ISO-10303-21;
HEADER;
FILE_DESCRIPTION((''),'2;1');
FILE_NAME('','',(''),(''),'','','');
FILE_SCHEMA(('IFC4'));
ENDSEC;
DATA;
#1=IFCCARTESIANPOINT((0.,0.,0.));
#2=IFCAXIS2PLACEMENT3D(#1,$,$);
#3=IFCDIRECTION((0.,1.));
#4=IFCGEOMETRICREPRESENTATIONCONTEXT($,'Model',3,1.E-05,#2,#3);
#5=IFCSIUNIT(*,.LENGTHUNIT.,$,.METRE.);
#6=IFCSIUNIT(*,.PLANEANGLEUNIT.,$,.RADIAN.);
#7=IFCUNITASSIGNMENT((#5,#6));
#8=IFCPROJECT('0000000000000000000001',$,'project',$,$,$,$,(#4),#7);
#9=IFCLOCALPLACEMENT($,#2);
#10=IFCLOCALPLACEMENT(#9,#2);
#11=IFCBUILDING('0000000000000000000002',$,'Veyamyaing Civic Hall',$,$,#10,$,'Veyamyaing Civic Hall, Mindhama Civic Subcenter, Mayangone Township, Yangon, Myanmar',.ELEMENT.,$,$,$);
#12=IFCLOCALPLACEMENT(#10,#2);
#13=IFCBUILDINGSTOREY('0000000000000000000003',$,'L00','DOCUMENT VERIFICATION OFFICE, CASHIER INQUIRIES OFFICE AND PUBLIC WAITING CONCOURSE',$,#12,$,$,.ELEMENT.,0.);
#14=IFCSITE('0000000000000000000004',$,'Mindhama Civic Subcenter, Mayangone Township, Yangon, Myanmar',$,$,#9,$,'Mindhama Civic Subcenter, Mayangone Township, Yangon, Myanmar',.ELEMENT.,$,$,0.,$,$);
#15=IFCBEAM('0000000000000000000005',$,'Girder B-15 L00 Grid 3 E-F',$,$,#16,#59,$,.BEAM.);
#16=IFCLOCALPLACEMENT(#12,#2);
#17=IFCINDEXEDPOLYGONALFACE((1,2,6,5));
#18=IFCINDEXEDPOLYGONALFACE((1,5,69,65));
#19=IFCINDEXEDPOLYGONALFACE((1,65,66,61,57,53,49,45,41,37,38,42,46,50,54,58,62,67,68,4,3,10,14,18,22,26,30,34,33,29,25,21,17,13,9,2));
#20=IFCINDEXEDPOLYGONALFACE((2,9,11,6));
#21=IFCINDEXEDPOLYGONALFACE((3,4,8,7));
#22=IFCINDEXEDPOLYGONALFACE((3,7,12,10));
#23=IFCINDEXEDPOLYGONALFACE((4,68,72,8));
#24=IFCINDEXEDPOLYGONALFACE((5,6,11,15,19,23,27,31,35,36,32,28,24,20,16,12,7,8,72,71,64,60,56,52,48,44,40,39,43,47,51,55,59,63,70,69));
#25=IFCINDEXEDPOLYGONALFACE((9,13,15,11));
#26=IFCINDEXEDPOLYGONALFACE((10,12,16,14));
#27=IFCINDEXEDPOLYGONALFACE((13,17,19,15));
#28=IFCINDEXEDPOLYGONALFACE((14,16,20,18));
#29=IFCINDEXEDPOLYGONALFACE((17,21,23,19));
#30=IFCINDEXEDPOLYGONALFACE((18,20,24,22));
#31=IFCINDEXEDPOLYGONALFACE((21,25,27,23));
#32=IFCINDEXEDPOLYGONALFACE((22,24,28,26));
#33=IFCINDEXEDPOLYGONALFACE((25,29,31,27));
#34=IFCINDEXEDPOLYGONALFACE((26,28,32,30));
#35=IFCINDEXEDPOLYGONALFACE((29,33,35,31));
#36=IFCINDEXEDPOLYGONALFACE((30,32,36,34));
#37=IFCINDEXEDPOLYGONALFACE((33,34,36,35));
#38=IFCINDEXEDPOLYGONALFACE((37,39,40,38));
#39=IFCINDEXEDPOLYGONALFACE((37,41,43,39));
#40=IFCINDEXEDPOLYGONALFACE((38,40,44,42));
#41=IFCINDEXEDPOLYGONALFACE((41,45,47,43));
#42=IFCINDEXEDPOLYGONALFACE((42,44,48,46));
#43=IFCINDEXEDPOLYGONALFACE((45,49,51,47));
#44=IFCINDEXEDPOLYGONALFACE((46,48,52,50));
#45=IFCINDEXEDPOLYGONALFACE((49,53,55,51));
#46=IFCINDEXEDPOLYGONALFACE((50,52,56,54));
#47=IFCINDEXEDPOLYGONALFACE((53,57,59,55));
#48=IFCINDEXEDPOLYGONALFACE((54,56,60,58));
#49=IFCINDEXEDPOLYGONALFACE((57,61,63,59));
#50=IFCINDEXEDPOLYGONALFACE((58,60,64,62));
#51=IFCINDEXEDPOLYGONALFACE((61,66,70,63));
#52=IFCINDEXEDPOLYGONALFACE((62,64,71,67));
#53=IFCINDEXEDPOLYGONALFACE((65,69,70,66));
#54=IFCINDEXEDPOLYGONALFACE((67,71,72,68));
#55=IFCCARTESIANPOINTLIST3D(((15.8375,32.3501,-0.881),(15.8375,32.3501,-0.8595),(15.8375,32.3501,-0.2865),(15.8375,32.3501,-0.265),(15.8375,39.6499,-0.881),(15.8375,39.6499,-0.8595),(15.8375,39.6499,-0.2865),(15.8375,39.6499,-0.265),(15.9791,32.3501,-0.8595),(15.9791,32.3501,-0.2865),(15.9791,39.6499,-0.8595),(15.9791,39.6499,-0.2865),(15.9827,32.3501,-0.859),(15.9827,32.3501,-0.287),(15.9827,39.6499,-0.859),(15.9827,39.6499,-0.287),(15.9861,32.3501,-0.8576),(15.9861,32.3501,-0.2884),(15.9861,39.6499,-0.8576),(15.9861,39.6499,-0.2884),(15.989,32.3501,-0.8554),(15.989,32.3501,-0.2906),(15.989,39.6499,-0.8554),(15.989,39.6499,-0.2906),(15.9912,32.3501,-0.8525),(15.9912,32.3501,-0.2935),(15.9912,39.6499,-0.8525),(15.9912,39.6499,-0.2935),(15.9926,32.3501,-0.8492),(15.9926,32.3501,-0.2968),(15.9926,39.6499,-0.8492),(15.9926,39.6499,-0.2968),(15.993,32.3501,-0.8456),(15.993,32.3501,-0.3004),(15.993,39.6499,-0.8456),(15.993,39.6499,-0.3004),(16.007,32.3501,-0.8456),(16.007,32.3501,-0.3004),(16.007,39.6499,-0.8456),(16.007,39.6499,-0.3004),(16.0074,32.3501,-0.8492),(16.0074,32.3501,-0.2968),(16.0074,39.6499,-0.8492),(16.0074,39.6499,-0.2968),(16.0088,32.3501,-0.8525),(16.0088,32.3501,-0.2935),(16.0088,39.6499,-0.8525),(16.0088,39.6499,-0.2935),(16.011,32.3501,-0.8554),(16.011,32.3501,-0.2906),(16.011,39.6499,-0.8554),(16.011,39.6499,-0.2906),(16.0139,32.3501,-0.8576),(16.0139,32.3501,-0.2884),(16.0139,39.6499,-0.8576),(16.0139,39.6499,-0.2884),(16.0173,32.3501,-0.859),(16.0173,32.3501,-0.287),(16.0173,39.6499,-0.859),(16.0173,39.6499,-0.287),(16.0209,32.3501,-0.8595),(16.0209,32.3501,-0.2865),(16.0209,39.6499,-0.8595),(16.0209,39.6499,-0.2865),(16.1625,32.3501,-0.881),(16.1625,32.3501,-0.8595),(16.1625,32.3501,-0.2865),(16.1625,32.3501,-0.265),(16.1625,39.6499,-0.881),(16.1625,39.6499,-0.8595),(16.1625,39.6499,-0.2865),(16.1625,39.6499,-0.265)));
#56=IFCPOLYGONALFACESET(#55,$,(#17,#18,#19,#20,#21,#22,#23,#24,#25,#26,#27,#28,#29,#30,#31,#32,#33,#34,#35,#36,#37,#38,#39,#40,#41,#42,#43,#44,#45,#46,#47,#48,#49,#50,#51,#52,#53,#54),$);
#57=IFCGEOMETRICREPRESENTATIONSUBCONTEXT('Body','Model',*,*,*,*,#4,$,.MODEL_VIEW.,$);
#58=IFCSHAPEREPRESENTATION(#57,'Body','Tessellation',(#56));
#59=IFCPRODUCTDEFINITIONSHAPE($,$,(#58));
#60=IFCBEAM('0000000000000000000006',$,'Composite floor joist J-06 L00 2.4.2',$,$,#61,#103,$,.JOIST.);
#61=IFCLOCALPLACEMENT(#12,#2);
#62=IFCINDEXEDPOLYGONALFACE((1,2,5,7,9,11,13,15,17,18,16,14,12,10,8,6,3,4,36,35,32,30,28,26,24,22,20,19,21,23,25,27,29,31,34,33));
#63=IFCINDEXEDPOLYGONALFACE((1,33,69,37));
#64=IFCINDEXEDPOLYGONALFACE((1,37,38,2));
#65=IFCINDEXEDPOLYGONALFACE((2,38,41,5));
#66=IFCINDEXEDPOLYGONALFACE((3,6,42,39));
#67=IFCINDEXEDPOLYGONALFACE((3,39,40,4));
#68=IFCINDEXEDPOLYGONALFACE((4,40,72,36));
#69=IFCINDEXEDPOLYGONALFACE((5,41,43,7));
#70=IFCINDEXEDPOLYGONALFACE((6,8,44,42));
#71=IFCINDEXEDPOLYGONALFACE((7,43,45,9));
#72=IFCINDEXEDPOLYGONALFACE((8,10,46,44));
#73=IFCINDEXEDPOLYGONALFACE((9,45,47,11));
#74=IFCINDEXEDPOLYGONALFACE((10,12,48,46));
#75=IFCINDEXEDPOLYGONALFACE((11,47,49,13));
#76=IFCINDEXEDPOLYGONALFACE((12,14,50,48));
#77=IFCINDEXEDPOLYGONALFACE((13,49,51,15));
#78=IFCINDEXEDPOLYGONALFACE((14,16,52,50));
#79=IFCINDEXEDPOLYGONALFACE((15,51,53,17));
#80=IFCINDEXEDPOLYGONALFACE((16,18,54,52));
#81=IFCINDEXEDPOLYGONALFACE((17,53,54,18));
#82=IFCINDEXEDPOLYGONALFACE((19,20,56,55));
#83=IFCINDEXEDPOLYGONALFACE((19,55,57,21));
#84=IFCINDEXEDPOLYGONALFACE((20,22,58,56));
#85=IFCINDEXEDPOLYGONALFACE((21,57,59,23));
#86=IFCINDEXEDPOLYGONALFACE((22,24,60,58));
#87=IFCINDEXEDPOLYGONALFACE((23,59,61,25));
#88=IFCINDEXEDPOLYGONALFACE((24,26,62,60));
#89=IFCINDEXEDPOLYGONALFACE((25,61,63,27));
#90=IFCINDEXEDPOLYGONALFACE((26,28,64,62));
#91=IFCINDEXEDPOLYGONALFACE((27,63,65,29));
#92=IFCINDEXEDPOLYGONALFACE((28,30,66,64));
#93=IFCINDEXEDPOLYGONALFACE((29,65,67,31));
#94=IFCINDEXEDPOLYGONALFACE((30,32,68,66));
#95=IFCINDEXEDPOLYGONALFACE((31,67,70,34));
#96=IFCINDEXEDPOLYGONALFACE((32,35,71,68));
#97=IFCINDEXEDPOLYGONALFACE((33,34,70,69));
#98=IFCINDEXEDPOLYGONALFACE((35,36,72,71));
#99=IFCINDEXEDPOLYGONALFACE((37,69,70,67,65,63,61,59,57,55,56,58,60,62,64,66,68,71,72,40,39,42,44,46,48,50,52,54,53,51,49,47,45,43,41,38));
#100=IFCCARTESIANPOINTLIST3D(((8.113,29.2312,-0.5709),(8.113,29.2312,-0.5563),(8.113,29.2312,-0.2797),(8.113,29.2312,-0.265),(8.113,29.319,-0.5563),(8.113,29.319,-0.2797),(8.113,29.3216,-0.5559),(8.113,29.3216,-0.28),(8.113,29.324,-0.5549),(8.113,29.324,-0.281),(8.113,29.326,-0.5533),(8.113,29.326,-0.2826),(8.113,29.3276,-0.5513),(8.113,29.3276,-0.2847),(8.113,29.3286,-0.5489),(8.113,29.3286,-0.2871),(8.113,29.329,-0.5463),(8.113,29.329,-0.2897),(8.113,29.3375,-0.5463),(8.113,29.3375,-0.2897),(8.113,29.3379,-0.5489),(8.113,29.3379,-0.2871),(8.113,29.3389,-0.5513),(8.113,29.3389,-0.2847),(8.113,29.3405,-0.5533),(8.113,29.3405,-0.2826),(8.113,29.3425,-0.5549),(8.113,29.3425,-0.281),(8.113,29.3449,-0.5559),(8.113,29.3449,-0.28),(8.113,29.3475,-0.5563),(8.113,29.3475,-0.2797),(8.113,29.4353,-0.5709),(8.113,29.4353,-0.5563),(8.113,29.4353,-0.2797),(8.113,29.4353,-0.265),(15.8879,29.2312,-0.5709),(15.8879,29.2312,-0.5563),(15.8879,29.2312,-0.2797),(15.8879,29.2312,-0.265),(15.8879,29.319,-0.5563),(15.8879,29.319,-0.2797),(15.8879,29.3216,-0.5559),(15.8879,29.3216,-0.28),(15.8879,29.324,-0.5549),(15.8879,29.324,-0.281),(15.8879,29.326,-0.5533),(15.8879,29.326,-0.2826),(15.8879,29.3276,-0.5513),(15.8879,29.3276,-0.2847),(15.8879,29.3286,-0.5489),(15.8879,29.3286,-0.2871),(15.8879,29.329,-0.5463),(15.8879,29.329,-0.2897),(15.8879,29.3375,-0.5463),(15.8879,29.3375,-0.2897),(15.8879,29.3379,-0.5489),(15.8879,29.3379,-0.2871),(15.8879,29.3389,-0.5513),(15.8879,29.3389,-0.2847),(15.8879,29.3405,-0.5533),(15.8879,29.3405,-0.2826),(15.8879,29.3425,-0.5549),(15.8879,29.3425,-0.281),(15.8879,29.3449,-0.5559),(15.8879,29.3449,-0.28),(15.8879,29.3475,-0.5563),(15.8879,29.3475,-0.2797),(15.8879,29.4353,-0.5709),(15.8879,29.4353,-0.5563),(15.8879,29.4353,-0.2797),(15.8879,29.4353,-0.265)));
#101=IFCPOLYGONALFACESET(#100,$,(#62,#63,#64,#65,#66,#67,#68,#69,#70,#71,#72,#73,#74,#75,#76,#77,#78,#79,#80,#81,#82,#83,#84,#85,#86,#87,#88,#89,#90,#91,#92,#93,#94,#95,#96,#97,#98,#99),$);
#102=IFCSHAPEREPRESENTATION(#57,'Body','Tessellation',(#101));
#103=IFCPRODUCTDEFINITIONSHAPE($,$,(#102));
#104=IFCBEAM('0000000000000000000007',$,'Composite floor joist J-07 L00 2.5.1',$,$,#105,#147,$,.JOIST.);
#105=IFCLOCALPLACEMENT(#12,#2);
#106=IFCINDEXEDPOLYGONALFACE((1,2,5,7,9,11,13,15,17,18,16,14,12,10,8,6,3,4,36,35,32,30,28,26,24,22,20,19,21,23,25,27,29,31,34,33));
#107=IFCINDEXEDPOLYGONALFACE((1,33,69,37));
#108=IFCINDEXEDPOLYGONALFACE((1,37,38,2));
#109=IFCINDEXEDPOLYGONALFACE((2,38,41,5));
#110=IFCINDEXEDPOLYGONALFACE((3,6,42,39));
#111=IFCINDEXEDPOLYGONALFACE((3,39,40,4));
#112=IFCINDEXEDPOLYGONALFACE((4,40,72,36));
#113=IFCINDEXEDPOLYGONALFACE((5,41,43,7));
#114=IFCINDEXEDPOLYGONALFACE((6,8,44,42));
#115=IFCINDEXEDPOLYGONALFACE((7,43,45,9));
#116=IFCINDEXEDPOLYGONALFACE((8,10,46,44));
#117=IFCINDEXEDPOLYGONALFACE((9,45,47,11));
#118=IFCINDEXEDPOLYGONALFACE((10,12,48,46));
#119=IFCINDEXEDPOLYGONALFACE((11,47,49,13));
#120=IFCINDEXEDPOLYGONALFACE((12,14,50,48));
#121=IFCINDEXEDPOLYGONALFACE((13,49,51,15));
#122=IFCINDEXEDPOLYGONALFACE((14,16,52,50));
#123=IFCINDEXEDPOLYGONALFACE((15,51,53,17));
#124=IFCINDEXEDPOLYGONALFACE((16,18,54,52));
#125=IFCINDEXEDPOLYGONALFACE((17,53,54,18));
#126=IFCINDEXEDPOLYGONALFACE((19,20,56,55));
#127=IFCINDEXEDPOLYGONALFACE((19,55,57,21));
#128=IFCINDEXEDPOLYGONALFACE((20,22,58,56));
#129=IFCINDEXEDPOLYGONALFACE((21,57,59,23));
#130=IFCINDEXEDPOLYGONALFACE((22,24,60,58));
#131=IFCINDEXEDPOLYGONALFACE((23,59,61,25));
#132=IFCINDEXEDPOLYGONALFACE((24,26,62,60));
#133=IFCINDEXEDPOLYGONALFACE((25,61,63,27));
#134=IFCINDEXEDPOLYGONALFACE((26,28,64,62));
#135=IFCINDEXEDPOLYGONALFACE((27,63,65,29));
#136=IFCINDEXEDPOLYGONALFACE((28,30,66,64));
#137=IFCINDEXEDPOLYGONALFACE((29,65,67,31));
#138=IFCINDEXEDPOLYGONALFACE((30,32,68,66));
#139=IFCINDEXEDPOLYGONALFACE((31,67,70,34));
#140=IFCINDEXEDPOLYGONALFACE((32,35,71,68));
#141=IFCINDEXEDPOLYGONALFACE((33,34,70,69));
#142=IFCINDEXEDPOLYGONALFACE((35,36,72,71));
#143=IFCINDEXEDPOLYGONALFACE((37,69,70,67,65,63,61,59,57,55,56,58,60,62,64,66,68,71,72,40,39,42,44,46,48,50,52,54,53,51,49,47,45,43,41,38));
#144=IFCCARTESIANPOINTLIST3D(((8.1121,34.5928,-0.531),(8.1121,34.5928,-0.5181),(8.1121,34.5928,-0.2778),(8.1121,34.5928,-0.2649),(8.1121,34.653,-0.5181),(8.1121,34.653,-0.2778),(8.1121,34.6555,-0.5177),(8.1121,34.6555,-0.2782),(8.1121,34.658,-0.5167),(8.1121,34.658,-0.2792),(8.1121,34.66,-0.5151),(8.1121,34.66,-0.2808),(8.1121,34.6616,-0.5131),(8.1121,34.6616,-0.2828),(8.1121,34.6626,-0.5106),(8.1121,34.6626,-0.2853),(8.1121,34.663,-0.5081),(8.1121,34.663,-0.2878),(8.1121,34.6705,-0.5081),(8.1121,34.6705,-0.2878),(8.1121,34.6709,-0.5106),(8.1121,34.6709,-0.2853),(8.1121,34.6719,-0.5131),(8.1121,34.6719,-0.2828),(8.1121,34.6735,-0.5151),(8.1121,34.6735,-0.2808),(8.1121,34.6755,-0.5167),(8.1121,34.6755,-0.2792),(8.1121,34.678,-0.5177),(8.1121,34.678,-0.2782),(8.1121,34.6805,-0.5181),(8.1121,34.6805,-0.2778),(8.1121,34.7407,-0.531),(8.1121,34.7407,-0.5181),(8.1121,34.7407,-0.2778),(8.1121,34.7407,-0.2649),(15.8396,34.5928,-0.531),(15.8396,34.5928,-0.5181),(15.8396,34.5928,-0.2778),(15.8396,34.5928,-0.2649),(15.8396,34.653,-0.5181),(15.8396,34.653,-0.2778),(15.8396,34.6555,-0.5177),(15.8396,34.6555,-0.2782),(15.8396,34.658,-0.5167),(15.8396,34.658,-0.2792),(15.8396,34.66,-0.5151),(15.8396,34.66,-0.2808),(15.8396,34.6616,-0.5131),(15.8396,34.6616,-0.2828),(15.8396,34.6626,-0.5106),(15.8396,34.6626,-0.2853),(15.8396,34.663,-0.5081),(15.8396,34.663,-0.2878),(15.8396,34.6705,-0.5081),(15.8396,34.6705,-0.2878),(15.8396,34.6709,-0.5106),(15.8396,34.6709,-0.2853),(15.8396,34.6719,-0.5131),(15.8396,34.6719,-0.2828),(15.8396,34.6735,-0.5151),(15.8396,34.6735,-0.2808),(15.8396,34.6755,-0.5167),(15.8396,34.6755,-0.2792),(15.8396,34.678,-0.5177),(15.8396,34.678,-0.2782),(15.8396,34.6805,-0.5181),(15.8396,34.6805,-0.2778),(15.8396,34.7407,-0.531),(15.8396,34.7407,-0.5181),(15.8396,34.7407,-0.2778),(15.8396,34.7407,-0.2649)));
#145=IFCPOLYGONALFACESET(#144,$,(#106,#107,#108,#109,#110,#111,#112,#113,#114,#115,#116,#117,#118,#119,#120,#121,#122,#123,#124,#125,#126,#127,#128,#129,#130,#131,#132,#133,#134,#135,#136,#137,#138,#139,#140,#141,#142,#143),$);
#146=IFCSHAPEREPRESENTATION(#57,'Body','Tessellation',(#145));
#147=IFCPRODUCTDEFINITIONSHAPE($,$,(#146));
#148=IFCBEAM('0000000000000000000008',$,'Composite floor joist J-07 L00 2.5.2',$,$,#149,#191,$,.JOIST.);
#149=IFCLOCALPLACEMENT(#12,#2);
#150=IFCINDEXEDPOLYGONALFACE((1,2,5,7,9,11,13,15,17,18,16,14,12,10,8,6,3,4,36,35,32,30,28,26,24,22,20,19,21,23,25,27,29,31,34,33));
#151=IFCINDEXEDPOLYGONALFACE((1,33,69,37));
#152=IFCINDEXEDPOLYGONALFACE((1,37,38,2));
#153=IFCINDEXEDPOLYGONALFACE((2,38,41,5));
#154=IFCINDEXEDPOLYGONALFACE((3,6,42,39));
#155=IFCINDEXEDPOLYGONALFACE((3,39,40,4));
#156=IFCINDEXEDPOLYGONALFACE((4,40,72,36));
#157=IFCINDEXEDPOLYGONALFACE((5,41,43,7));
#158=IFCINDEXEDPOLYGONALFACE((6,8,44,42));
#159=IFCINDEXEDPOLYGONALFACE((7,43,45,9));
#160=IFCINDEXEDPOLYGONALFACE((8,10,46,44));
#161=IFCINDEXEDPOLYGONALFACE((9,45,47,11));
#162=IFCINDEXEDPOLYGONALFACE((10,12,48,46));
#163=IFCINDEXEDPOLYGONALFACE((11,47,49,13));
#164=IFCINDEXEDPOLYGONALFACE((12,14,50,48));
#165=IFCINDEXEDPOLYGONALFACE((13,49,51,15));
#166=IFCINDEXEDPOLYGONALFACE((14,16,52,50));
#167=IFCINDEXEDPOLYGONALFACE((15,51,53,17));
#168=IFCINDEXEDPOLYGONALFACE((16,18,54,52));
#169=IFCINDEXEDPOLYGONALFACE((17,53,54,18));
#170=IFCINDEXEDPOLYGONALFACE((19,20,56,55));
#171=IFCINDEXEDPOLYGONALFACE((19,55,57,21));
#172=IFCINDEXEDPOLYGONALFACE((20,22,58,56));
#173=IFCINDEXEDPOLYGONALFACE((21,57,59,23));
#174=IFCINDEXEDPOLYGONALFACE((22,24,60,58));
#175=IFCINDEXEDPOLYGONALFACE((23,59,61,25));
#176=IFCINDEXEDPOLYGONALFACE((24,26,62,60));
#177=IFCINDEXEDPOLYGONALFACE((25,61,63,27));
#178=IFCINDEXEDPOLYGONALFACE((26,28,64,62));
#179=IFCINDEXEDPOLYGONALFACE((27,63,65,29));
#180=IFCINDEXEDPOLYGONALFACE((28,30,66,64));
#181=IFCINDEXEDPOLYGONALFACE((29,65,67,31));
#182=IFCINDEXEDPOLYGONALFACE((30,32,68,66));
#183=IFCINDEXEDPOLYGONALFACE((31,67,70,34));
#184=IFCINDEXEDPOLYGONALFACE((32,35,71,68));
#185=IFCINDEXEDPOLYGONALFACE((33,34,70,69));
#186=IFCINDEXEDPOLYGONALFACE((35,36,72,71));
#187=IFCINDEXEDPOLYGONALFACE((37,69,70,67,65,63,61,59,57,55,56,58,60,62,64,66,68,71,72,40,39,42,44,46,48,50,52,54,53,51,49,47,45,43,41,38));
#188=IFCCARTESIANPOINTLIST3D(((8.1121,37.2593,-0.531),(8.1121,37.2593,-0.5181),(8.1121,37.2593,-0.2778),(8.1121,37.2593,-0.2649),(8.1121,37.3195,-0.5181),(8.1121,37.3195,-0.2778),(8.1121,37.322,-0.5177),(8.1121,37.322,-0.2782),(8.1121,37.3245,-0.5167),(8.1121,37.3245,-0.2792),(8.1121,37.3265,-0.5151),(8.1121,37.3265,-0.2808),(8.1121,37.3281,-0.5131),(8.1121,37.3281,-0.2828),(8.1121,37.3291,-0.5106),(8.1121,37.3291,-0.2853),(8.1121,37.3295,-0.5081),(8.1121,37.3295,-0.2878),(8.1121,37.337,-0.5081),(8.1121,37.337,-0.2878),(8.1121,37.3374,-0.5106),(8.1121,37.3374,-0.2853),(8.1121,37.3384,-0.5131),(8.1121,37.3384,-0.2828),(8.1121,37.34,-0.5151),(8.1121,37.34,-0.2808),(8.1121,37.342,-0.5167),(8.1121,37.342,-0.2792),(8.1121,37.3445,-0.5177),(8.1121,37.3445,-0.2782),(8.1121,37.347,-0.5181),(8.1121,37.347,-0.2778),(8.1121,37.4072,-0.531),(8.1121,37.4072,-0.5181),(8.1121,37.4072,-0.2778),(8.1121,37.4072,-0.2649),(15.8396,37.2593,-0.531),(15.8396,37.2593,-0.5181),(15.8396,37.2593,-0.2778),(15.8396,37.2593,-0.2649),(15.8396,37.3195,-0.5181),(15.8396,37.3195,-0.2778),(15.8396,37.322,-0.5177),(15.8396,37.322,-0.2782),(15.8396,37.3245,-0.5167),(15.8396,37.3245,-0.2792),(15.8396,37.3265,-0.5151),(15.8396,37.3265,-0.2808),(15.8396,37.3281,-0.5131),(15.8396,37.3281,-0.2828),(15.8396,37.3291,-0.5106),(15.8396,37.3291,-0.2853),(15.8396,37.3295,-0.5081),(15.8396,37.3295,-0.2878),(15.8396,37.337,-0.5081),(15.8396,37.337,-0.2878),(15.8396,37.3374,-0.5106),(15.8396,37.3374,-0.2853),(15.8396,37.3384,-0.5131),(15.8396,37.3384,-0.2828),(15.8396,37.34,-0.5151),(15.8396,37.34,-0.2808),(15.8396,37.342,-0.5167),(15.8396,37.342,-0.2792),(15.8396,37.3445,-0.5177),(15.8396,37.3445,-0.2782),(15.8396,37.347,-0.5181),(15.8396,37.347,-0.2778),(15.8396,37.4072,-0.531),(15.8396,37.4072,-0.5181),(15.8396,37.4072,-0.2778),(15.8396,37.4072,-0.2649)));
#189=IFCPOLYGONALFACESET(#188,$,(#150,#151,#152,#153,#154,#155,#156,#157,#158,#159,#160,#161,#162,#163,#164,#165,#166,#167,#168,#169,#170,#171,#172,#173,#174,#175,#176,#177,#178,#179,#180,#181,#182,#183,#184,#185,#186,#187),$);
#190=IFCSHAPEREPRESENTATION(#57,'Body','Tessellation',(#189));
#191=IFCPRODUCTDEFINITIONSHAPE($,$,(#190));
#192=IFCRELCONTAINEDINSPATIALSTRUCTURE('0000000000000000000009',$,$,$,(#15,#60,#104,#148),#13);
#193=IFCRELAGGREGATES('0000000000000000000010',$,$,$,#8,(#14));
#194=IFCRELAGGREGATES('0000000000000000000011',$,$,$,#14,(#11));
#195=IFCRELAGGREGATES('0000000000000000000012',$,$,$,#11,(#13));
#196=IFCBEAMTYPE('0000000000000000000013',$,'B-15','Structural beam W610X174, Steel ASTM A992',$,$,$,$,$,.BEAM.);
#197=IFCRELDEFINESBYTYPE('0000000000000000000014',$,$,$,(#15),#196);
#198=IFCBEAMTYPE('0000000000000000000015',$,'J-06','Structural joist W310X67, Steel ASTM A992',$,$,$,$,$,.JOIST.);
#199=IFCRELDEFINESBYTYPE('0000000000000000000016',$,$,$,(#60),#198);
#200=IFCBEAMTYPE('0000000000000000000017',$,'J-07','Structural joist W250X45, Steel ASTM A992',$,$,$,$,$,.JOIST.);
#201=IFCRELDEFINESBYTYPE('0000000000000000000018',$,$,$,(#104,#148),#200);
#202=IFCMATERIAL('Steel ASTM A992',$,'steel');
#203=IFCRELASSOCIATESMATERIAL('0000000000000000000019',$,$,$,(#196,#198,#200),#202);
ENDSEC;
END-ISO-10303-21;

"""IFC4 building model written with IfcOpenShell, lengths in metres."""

from ifc_helpers import new_model, si_unit, direction, frame, origin, origin_2d, place, context, subcontext, project, spatial, i_section, extrude, material, material_profile, profile_set, type_object, element, save


model = new_model("IFC4")

# Units and contexts
model_context = context("Model", 3, precision=1e-05, world=origin(), true_north=direction((0.0, 1.0)))
body_context = subcontext(model_context, "Body", "Model", "MODEL_VIEW")
ifc_project = project(units=[si_unit("LENGTHUNIT", "METRE"), si_unit("PLANEANGLEUNIT", "RADIAN")], contexts=[model_context])

# Site, building, storey
site_placement = place(None, origin())
site = spatial("IfcSite", under=ifc_project, at=site_placement, Name="Mindhama Civic Subcenter, Mayangone Township, Yangon, Myanmar", LongName="Mindhama Civic Subcenter, Mayangone Township, Yangon, Myanmar", CompositionType="ELEMENT", RefElevation=0.0)
building_placement = place(site_placement, origin())
building = spatial("IfcBuilding", under=site, at=building_placement, Name="Veyamyaing Civic Hall", LongName="Veyamyaing Civic Hall, Mindhama Civic Subcenter, Mayangone Township, Yangon, Myanmar", CompositionType="ELEMENT")
storey_placement = place(building_placement, origin())
storey = spatial("IfcBuildingStorey", under=building, at=storey_placement, Name="L00", Description="DOCUMENT VERIFICATION OFFICE, CASHIER INQUIRIES OFFICE AND PUBLIC WAITING CONCOURSE", CompositionType="ELEMENT", Elevation=0.0)

# Beams
ifc_material_1 = material(Name="Steel ASTM A992", Category="steel")
ifc_material_profile_1 = material_profile(ifc_material_1, i_section(OverallWidth=0.325, OverallDepth=0.616, WebThickness=0.0139, FlangeThickness=0.0215, FilletRadius=0.0139, at=origin_2d()), Name="W610X174")
ifc_profile_set_1 = profile_set([ifc_material_profile_1], Name="Steel ASTM A992")
beam_type_1 = type_object("IfcBeamType", Name="B-15", Description="Structural beam W610X174, Steel ASTM A992", PredefinedType="BEAM", material=ifc_profile_set_1)
beam_1_placement = place(storey_placement, frame((16.0, 32.3501, -0.573), z_axis=(0.0, 1.0, 0.0), x_axis=(-1.0, 0.0, 0.0)))
element("IfcBeam", 1, at=beam_1_placement, inside=storey, type_object=beam_type_1, Name="Girder B-15 L00 Grid 3 E-F", PredefinedType="BEAM", context=body_context, shape_type="SweptSolid", body=[
    extrude(i_section(OverallWidth=0.325, OverallDepth=0.616, WebThickness=0.0139, FlangeThickness=0.0215, FilletRadius=0.0139, at=origin_2d()), origin(), (0.0, 0.0, 1.0), 7.2998),
])
ifc_material_profile_2 = material_profile(ifc_material_1, i_section(OverallWidth=0.2041, OverallDepth=0.3059, WebThickness=0.0085, FlangeThickness=0.0146, FilletRadius=0.01, at=origin_2d()), Name="W310X67")
ifc_profile_set_2 = profile_set([ifc_material_profile_2], Name="Steel ASTM A992")
beam_type_2 = type_object("IfcBeamType", Name="J-06", Description="Structural joist W310X67, Steel ASTM A992", PredefinedType="JOIST", material=ifc_profile_set_2)
beam_2_placement = place(storey_placement, frame((8.113, 29.3333, -0.418), z_axis=(1.0, 0.0, 0.0), x_axis=(0.0, 1.0, 0.0)))
element("IfcBeam", 2, at=beam_2_placement, inside=storey, type_object=beam_type_2, Name="Composite floor joist J-06 L00 2.4.2", PredefinedType="JOIST", context=body_context, shape_type="SweptSolid", body=[
    extrude(i_section(OverallWidth=0.2041, OverallDepth=0.3059, WebThickness=0.0085, FlangeThickness=0.0146, FilletRadius=0.01, at=origin_2d()), origin(), (0.0, 0.0, 1.0), 7.7749),
])
ifc_material_profile_3 = material_profile(ifc_material_1, i_section(OverallWidth=0.1479, OverallDepth=0.2661, WebThickness=0.0076, FlangeThickness=0.0129, FilletRadius=0.01, at=origin_2d()), Name="W250X45")
ifc_profile_set_3 = profile_set([ifc_material_profile_3], Name="Steel ASTM A992")
beam_type_3 = type_object("IfcBeamType", Name="J-07", Description="Structural joist W250X45, Steel ASTM A992", PredefinedType="JOIST", material=ifc_profile_set_3)
for number, where, z_axis, x_axis, name in (
    (3, (8.1121, 34.6667, -0.3979), (1.0, 0.0, 0.0), (0.0, 1.0, 0.0), "Composite floor joist J-07 L00 2.5.1"),
    (4, (8.1121, 37.3333, -0.3979), (1.0, 0.0, 0.0), (0.0, 1.0, 0.0), "Composite floor joist J-07 L00 2.5.2"),
):
    element("IfcBeam", number, at=place(storey_placement, frame(where, z_axis=z_axis, x_axis=x_axis)), inside=storey, type_object=beam_type_3, Name=name, PredefinedType="JOIST", context=body_context, shape_type="SweptSolid", body=[
        extrude(i_section(OverallWidth=0.1479, OverallDepth=0.2661, WebThickness=0.0076, FlangeThickness=0.0129, FilletRadius=0.01, at=origin_2d()), origin(), (0.0, 0.0, 1.0), 7.7275),
    ])

save(model, "model.ifc")
